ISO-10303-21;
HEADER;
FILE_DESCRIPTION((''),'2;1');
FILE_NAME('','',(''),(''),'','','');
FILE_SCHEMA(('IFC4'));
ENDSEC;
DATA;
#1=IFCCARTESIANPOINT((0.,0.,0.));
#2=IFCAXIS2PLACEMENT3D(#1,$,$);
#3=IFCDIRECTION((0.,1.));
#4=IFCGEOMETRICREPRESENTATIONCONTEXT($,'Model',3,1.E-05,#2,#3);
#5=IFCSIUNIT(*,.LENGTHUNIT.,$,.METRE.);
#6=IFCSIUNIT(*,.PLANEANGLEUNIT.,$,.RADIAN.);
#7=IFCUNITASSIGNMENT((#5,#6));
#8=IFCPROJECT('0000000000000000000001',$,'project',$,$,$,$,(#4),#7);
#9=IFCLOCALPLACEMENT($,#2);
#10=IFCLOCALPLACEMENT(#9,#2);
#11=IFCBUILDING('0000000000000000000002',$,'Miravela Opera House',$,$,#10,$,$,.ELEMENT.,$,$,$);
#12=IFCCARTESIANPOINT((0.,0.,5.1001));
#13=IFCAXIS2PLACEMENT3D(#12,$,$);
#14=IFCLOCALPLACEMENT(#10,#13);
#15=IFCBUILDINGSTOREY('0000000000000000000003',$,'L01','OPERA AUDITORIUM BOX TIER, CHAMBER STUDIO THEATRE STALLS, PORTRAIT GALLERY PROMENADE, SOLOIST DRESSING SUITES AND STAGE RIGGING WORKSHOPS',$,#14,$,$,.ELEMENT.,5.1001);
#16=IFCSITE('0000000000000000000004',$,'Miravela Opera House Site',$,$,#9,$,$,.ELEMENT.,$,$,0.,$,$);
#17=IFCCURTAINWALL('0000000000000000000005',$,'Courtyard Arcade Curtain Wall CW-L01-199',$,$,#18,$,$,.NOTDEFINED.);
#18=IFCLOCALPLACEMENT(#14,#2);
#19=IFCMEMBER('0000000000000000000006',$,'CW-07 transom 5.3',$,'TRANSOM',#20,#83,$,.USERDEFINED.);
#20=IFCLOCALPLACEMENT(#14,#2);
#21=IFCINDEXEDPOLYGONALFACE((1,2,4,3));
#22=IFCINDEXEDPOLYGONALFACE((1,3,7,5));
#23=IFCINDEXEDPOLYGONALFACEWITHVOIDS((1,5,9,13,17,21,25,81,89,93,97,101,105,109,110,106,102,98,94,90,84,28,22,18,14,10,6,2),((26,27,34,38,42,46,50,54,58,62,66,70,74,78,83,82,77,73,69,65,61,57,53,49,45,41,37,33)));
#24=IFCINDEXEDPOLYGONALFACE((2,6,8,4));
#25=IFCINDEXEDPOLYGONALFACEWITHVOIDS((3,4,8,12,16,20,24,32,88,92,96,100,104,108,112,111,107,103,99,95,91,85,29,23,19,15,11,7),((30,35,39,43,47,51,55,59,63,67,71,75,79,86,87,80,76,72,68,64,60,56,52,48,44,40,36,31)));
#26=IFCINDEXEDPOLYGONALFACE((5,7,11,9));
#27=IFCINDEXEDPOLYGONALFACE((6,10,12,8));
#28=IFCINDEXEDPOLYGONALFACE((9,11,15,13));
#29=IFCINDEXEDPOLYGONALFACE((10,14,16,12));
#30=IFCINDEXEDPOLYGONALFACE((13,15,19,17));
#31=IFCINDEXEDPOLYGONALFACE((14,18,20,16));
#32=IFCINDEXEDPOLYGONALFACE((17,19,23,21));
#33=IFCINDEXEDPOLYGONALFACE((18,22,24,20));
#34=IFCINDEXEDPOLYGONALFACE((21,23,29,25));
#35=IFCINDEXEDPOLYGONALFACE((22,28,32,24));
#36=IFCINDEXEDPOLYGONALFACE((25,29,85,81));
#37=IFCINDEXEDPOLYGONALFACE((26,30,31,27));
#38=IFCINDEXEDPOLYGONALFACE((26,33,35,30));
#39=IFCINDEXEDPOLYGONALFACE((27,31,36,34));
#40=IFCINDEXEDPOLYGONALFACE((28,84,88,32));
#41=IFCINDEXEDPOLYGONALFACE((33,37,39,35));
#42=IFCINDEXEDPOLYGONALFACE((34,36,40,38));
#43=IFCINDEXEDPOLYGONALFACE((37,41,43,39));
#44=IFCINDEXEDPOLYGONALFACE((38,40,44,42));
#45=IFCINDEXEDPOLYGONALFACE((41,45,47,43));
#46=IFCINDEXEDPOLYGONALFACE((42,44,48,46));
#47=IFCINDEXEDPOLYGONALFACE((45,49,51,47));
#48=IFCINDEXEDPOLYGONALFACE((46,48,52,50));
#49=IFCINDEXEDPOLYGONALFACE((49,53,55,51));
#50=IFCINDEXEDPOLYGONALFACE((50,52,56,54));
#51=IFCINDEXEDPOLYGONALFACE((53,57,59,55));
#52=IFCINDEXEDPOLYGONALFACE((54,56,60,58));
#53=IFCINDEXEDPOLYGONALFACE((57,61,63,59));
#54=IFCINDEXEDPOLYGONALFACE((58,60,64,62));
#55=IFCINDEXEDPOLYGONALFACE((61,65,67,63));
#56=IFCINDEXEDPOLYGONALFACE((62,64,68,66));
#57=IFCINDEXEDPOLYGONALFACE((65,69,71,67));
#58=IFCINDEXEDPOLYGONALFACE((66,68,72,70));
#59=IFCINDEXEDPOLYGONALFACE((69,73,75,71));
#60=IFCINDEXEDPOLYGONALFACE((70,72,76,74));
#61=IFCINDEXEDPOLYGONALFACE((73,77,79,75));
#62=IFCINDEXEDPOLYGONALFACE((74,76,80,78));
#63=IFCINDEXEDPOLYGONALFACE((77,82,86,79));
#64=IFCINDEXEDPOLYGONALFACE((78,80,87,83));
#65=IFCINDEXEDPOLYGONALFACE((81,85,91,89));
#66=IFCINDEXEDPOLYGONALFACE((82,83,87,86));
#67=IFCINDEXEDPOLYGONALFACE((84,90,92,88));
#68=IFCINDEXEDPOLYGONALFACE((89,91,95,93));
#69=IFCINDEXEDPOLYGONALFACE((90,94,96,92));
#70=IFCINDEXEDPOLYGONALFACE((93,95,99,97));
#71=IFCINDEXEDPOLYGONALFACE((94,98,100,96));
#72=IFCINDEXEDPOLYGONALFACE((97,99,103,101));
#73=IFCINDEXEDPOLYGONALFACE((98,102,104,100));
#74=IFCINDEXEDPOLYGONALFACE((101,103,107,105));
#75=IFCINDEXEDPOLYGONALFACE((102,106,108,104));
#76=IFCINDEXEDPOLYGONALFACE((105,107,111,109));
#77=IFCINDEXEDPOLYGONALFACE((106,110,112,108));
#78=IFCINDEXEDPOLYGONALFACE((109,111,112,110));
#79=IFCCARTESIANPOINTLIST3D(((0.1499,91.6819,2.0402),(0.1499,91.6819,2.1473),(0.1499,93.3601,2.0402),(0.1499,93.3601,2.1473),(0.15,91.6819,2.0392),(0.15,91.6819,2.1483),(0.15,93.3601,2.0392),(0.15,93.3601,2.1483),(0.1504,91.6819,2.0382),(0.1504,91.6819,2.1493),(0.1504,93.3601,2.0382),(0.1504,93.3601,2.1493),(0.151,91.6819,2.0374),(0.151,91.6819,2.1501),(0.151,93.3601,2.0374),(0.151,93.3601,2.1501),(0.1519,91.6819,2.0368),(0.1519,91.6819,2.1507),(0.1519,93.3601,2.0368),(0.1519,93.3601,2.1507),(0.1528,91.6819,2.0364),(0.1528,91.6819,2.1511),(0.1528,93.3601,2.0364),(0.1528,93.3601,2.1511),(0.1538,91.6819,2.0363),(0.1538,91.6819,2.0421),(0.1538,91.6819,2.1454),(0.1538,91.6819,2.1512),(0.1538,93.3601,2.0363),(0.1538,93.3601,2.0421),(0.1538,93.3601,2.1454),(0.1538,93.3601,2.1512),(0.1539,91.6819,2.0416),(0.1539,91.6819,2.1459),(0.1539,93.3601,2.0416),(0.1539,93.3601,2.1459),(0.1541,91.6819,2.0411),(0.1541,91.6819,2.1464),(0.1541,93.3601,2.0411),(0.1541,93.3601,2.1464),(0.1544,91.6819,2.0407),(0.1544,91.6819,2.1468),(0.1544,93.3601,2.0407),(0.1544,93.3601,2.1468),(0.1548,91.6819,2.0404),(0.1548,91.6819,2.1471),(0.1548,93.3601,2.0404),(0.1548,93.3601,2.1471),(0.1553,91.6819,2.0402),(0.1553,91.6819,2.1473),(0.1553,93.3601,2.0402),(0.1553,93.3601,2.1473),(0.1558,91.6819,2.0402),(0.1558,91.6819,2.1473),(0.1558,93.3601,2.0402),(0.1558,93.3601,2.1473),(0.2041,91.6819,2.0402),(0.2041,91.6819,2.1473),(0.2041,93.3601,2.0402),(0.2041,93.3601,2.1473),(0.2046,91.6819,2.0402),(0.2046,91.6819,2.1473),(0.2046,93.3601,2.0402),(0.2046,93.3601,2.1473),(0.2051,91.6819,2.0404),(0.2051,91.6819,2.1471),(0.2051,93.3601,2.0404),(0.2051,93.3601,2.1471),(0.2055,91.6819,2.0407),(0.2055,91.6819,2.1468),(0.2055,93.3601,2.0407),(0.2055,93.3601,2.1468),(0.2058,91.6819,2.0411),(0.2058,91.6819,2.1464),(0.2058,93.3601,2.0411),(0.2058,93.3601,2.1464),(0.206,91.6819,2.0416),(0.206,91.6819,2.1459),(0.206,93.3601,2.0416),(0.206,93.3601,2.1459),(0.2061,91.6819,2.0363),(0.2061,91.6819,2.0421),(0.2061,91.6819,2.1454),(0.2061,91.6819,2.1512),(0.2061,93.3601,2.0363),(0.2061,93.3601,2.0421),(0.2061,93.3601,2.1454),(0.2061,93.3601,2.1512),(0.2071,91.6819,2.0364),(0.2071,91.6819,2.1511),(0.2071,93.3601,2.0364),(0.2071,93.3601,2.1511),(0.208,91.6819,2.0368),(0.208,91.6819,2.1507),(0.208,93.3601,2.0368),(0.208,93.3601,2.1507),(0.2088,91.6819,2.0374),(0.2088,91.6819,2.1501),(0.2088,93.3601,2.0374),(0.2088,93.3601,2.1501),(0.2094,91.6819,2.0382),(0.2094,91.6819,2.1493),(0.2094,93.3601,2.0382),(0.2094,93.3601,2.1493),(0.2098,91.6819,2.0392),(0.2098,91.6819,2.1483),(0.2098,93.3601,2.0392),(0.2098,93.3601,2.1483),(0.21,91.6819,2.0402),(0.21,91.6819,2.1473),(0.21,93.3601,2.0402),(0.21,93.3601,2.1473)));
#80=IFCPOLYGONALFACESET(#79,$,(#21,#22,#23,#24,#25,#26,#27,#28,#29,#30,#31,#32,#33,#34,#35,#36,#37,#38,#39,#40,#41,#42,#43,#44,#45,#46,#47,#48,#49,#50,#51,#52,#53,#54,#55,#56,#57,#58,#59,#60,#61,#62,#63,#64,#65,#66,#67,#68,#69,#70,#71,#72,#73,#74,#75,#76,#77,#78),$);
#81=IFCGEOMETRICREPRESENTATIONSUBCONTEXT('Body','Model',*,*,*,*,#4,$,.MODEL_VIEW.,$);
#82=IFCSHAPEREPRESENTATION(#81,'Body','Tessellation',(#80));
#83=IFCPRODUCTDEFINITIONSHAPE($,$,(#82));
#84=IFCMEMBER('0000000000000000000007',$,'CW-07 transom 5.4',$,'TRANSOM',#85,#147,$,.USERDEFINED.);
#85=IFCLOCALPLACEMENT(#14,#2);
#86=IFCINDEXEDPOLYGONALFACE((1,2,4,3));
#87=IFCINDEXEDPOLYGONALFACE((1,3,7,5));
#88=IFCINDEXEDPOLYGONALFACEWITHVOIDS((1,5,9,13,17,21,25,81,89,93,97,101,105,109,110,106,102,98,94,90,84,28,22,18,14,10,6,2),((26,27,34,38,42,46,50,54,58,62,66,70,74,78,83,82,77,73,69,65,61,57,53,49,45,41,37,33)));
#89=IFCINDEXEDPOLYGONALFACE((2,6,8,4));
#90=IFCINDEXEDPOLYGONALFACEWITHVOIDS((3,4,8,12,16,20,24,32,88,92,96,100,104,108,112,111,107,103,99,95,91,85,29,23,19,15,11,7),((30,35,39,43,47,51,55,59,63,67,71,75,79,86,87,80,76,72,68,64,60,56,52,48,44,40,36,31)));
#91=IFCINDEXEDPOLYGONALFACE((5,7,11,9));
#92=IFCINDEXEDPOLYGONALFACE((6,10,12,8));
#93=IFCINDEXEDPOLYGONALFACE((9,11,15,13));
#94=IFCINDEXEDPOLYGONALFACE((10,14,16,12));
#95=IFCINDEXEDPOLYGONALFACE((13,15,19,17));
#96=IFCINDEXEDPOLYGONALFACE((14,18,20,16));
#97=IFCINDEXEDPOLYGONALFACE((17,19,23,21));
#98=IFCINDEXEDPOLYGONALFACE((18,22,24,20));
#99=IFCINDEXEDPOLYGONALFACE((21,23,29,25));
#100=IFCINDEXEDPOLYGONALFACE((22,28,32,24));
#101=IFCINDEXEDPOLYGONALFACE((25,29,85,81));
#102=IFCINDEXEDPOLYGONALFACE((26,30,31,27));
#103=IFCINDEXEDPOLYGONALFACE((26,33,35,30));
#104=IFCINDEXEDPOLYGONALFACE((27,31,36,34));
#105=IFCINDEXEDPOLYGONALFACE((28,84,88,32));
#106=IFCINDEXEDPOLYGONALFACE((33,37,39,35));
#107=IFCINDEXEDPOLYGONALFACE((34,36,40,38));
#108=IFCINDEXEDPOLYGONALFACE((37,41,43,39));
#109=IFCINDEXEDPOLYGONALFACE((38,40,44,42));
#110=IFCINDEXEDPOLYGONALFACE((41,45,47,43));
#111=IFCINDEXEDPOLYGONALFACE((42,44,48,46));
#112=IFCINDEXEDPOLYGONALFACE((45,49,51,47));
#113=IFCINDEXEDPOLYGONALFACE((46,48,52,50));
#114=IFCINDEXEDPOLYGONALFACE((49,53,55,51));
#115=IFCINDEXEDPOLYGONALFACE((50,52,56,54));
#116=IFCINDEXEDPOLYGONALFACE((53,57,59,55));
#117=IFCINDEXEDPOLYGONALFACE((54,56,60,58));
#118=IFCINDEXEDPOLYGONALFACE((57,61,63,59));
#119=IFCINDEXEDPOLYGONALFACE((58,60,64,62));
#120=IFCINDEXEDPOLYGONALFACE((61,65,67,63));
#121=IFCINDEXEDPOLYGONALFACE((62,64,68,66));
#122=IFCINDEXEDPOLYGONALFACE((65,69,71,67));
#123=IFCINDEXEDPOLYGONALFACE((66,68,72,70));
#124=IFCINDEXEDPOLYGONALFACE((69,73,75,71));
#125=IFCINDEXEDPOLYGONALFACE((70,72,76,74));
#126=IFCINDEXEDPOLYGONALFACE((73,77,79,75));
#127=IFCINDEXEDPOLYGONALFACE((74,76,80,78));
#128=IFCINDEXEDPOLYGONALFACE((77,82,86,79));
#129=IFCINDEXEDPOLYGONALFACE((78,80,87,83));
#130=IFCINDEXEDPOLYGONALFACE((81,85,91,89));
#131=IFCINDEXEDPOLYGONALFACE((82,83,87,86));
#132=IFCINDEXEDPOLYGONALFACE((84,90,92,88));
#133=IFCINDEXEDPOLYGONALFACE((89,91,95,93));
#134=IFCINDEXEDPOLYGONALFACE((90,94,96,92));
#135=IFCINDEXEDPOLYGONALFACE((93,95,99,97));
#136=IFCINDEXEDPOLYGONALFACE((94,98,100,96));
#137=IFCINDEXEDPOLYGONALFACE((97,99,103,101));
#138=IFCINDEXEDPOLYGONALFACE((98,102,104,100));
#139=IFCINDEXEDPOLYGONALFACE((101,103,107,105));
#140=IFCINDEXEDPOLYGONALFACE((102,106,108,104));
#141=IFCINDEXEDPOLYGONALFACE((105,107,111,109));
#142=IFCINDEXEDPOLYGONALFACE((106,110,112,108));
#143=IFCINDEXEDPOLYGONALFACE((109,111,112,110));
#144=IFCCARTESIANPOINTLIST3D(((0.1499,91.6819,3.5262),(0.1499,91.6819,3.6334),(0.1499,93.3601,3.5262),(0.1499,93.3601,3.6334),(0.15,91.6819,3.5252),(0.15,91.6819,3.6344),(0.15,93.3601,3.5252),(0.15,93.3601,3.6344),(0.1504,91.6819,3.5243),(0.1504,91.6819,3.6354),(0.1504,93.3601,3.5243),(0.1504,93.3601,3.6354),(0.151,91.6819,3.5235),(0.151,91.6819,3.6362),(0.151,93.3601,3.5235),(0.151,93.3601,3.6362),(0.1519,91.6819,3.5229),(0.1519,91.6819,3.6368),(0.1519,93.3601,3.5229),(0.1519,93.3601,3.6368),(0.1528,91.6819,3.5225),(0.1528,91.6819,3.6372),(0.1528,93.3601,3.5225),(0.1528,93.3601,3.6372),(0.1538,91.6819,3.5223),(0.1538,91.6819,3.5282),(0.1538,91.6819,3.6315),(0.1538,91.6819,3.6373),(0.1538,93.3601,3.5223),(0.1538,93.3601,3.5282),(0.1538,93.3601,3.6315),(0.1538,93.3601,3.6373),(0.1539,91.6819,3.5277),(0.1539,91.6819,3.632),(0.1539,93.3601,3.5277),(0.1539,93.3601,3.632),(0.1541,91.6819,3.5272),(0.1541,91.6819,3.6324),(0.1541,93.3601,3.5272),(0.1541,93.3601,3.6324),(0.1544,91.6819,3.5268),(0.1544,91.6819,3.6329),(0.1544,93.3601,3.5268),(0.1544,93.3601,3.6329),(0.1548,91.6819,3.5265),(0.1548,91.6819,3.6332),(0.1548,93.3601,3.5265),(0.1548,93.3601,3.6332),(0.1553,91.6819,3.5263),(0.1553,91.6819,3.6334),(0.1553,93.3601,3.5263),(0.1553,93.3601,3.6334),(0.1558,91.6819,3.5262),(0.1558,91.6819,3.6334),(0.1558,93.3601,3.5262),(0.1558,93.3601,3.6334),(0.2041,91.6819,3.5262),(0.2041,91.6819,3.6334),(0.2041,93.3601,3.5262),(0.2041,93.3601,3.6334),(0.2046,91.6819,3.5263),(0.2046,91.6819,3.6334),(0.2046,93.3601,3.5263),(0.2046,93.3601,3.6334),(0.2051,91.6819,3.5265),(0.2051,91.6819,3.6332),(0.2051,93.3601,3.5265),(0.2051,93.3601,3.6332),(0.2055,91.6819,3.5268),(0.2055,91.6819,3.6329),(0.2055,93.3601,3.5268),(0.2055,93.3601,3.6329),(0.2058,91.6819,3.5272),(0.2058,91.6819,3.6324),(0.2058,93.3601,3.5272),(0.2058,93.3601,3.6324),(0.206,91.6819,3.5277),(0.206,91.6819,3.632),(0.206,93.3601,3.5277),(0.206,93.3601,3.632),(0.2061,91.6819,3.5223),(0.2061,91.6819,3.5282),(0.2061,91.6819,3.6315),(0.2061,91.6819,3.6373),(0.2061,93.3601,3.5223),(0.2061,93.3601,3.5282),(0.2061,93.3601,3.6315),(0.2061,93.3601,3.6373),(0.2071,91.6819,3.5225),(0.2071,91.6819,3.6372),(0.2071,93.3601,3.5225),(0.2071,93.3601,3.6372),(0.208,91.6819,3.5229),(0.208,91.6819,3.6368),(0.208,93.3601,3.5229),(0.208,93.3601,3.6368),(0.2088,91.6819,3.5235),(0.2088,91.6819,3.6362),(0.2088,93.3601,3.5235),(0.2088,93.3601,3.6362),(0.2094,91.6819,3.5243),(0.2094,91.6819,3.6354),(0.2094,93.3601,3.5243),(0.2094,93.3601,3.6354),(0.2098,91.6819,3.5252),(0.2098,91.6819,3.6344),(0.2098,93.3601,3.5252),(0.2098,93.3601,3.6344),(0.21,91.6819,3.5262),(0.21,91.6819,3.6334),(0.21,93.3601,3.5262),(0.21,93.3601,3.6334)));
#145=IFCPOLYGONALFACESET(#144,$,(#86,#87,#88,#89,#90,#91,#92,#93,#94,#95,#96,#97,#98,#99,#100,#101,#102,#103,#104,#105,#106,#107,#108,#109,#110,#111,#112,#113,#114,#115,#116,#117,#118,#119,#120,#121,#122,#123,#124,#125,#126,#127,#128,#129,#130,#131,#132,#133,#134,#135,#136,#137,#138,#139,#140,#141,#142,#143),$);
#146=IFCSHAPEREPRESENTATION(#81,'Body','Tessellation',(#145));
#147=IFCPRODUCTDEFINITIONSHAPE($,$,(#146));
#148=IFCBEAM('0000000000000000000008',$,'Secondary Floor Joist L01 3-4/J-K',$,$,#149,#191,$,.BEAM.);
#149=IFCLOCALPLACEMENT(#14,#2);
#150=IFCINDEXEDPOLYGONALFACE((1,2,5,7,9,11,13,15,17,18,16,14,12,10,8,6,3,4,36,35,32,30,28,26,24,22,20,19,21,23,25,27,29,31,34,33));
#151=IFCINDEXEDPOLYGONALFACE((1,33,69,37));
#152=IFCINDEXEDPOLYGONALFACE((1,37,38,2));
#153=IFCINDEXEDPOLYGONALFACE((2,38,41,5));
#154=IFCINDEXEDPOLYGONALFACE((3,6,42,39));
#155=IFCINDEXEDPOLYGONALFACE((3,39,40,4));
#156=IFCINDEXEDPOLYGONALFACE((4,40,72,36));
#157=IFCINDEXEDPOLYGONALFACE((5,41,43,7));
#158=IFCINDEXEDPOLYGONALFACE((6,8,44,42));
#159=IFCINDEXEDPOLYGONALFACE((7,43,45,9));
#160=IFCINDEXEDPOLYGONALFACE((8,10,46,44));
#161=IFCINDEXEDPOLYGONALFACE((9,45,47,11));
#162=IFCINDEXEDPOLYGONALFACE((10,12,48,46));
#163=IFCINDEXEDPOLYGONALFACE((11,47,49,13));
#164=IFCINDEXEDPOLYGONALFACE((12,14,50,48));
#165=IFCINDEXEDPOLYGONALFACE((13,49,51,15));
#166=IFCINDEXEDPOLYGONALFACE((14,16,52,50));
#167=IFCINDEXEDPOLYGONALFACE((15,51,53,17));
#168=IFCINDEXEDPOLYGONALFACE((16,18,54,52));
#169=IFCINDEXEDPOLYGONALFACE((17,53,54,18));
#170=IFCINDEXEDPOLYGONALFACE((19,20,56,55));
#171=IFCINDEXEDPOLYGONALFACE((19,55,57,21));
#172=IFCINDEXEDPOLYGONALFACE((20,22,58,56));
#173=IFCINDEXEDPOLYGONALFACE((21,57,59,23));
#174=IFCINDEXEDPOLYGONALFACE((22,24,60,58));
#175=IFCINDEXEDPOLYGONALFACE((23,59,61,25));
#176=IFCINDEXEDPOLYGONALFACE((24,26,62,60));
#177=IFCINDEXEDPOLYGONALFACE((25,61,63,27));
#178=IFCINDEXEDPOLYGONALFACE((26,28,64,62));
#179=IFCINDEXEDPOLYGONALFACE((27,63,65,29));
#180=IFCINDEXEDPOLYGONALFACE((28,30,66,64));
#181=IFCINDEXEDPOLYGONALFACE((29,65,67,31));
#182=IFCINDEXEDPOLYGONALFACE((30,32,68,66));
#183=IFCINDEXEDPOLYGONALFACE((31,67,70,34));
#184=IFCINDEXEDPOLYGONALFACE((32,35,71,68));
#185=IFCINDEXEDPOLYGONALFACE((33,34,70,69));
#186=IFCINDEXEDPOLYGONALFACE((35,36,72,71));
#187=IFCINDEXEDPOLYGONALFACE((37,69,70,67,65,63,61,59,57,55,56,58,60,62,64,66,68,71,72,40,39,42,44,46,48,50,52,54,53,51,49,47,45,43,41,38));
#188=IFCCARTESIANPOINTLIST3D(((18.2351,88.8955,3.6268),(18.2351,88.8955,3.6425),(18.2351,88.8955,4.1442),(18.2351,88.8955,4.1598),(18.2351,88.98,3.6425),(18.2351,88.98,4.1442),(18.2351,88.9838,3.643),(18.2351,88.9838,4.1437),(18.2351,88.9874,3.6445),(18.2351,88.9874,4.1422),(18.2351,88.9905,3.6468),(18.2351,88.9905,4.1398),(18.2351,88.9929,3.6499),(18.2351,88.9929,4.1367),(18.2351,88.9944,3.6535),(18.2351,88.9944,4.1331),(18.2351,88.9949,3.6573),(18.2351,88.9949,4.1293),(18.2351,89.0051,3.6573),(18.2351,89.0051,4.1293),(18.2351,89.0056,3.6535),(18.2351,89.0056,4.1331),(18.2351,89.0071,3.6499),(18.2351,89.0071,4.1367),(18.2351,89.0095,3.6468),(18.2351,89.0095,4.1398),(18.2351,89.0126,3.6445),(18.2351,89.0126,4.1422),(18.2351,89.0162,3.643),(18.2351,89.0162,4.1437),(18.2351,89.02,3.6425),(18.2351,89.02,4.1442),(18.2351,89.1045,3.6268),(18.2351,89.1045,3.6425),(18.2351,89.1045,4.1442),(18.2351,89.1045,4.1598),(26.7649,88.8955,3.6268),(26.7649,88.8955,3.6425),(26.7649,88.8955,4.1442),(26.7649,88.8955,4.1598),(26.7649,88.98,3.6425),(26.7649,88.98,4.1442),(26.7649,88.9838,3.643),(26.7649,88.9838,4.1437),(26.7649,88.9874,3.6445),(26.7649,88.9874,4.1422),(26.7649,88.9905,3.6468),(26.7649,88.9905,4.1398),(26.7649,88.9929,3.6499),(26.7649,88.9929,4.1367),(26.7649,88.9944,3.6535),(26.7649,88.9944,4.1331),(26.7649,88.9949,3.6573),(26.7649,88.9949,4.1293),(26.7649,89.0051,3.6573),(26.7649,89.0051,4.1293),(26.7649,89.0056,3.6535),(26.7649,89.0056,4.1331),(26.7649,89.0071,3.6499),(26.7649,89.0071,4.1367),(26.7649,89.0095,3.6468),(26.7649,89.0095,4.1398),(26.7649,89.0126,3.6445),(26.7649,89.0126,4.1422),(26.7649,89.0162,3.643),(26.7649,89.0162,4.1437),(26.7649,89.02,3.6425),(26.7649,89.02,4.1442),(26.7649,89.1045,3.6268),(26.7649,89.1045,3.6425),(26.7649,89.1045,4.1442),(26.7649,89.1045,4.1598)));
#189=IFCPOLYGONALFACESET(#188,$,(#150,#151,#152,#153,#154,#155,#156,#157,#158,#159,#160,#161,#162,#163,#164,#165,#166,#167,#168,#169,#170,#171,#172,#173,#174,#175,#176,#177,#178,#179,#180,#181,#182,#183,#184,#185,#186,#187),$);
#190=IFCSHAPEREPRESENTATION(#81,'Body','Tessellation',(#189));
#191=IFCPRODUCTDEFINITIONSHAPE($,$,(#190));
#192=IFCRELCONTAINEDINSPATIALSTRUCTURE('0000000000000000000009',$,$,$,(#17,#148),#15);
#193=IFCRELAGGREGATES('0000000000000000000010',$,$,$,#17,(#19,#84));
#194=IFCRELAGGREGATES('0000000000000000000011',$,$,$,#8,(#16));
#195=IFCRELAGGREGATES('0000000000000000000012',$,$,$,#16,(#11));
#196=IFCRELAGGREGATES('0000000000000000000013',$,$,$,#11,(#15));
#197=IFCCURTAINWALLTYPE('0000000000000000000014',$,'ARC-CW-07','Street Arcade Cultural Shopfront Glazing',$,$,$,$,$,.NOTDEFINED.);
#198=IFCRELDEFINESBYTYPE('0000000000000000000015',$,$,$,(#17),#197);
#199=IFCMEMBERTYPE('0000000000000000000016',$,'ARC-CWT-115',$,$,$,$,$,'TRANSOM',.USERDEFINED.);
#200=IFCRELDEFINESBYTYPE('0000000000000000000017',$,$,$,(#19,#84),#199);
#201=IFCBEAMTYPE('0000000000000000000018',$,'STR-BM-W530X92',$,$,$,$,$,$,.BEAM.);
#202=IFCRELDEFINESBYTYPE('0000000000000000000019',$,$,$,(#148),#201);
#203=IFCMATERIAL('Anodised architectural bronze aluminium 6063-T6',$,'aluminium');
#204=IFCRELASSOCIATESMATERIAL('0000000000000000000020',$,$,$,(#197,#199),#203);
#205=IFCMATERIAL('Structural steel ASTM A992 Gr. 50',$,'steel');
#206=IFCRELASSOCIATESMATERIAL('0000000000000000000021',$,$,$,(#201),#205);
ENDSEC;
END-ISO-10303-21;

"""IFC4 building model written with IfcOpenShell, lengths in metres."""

from ifc_helpers import new_model, si_unit, direction, frame, origin, origin_2d, place, context, subcontext, project, spatial, hollow_rectangle, i_section, extrude, material, material_profile, profile_set, type_object, element, aggregate, save


model = new_model("IFC4")

# Units and contexts
model_context = context("Model", 3, precision=1e-05, world=origin(), true_north=direction((0.0, 1.0)))
body_context = subcontext(model_context, "Body", "Model", "MODEL_VIEW")
ifc_project = project(units=[si_unit("LENGTHUNIT", "METRE"), si_unit("PLANEANGLEUNIT", "RADIAN")], contexts=[model_context])

# Site, building, storey
site_placement = place(None, origin())
site = spatial("IfcSite", under=ifc_project, at=site_placement, Name="Miravela Opera House Site", CompositionType="ELEMENT", RefElevation=0.0)
building_placement = place(site_placement, origin())
building = spatial("IfcBuilding", under=site, at=building_placement, Name="Miravela Opera House", CompositionType="ELEMENT")
storey_placement = place(building_placement, frame((0.0, 0.0, 5.1001)))
storey = spatial("IfcBuildingStorey", under=building, at=storey_placement, Name="L01", Description="OPERA AUDITORIUM BOX TIER, CHAMBER STUDIO THEATRE STALLS, PORTRAIT GALLERY PROMENADE, SOLOIST DRESSING SUITES AND STAGE RIGGING WORKSHOPS", CompositionType="ELEMENT", Elevation=5.1001)

# Curtain wall, members
ifc_material_1 = material(Name="Anodised architectural bronze aluminium 6063-T6", Category="aluminium")
curtain_wall_type = type_object("IfcCurtainWallType", Name="ARC-CW-07", Description="Street Arcade Cultural Shopfront Glazing", PredefinedType="NOTDEFINED", material=ifc_material_1)
curtain_wall_placement = place(storey_placement, origin())
curtain_wall = element("IfcCurtainWall", 1, at=curtain_wall_placement, inside=storey, type_object=curtain_wall_type, Name="Courtyard Arcade Curtain Wall CW-L01-199", PredefinedType="NOTDEFINED")
ifc_material_profile_1 = material_profile(ifc_material_1, hollow_rectangle(XDim=0.0601, YDim=0.115, WallThickness=0.0039, InnerFilletRadius=0.002, OuterFilletRadius=0.0039, at=origin_2d()), Name="CWT-60X115")
ifc_profile_set_1 = profile_set([ifc_material_profile_1])
member_type_1 = type_object("IfcMemberType", Name="ARC-CWT-115", ElementType="TRANSOM", PredefinedType="USERDEFINED", material=ifc_profile_set_1)
member_1_placement = place(storey_placement, frame((0.1799, 91.6819, 2.0938), z_axis=(0.0, 1.0, 0.0), x_axis=(-1.0, 0.0, 0.0)))
member_1 = element("IfcMember", 2, at=member_1_placement, type_object=member_type_1, Name="CW-07 transom 5.3", ObjectType="TRANSOM", PredefinedType="USERDEFINED", context=body_context, shape_type="SweptSolid", body=[
    extrude(hollow_rectangle(XDim=0.0601, YDim=0.115, WallThickness=0.0039, InnerFilletRadius=0.002, OuterFilletRadius=0.0039, at=origin_2d()), origin(), (0.0, 0.0, 1.0), 1.6782),
])
member_2_placement = place(storey_placement, frame((0.1799, 91.6819, 3.5798), z_axis=(0.0, 1.0, 0.0), x_axis=(-1.0, 0.0, 0.0)))
member_2 = element("IfcMember", 3, at=member_2_placement, type_object=member_type_1, Name="CW-07 transom 5.4", ObjectType="TRANSOM", PredefinedType="USERDEFINED", context=body_context, shape_type="SweptSolid", body=[
    extrude(hollow_rectangle(XDim=0.0601, YDim=0.115, WallThickness=0.0039, InnerFilletRadius=0.002, OuterFilletRadius=0.0039, at=origin_2d()), origin(), (0.0, 0.0, 1.0), 1.6782),
])

# Beam
ifc_material_2 = material(Name="Structural steel ASTM A992 Gr. 50", Category="steel")
ifc_material_profile_2 = material_profile(ifc_material_2, i_section(OverallWidth=0.209, OverallDepth=0.533, WebThickness=0.0103, FlangeThickness=0.0156, FilletRadius=0.0149, at=origin_2d()), Name="W530X92")
ifc_profile_set_2 = profile_set([ifc_material_profile_2])
beam_type = type_object("IfcBeamType", Name="STR-BM-W530X92", PredefinedType="BEAM", material=ifc_profile_set_2)
beam_placement = place(storey_placement, frame((18.2351, 89.0, 3.8933), z_axis=(1.0, 0.0, 0.0), x_axis=(0.0, 1.0, 0.0)))
element("IfcBeam", 4, at=beam_placement, inside=storey, type_object=beam_type, Name="Secondary Floor Joist L01 3-4/J-K", PredefinedType="BEAM", context=body_context, shape_type="SweptSolid", body=[
    extrude(i_section(OverallWidth=0.209, OverallDepth=0.533, WebThickness=0.0103, FlangeThickness=0.0156, FilletRadius=0.0149, at=origin_2d()), origin(), (0.0, 0.0, 1.0), 8.5298),
])

aggregate(curtain_wall, [member_1, member_2])

save(model, "model.ifc")
